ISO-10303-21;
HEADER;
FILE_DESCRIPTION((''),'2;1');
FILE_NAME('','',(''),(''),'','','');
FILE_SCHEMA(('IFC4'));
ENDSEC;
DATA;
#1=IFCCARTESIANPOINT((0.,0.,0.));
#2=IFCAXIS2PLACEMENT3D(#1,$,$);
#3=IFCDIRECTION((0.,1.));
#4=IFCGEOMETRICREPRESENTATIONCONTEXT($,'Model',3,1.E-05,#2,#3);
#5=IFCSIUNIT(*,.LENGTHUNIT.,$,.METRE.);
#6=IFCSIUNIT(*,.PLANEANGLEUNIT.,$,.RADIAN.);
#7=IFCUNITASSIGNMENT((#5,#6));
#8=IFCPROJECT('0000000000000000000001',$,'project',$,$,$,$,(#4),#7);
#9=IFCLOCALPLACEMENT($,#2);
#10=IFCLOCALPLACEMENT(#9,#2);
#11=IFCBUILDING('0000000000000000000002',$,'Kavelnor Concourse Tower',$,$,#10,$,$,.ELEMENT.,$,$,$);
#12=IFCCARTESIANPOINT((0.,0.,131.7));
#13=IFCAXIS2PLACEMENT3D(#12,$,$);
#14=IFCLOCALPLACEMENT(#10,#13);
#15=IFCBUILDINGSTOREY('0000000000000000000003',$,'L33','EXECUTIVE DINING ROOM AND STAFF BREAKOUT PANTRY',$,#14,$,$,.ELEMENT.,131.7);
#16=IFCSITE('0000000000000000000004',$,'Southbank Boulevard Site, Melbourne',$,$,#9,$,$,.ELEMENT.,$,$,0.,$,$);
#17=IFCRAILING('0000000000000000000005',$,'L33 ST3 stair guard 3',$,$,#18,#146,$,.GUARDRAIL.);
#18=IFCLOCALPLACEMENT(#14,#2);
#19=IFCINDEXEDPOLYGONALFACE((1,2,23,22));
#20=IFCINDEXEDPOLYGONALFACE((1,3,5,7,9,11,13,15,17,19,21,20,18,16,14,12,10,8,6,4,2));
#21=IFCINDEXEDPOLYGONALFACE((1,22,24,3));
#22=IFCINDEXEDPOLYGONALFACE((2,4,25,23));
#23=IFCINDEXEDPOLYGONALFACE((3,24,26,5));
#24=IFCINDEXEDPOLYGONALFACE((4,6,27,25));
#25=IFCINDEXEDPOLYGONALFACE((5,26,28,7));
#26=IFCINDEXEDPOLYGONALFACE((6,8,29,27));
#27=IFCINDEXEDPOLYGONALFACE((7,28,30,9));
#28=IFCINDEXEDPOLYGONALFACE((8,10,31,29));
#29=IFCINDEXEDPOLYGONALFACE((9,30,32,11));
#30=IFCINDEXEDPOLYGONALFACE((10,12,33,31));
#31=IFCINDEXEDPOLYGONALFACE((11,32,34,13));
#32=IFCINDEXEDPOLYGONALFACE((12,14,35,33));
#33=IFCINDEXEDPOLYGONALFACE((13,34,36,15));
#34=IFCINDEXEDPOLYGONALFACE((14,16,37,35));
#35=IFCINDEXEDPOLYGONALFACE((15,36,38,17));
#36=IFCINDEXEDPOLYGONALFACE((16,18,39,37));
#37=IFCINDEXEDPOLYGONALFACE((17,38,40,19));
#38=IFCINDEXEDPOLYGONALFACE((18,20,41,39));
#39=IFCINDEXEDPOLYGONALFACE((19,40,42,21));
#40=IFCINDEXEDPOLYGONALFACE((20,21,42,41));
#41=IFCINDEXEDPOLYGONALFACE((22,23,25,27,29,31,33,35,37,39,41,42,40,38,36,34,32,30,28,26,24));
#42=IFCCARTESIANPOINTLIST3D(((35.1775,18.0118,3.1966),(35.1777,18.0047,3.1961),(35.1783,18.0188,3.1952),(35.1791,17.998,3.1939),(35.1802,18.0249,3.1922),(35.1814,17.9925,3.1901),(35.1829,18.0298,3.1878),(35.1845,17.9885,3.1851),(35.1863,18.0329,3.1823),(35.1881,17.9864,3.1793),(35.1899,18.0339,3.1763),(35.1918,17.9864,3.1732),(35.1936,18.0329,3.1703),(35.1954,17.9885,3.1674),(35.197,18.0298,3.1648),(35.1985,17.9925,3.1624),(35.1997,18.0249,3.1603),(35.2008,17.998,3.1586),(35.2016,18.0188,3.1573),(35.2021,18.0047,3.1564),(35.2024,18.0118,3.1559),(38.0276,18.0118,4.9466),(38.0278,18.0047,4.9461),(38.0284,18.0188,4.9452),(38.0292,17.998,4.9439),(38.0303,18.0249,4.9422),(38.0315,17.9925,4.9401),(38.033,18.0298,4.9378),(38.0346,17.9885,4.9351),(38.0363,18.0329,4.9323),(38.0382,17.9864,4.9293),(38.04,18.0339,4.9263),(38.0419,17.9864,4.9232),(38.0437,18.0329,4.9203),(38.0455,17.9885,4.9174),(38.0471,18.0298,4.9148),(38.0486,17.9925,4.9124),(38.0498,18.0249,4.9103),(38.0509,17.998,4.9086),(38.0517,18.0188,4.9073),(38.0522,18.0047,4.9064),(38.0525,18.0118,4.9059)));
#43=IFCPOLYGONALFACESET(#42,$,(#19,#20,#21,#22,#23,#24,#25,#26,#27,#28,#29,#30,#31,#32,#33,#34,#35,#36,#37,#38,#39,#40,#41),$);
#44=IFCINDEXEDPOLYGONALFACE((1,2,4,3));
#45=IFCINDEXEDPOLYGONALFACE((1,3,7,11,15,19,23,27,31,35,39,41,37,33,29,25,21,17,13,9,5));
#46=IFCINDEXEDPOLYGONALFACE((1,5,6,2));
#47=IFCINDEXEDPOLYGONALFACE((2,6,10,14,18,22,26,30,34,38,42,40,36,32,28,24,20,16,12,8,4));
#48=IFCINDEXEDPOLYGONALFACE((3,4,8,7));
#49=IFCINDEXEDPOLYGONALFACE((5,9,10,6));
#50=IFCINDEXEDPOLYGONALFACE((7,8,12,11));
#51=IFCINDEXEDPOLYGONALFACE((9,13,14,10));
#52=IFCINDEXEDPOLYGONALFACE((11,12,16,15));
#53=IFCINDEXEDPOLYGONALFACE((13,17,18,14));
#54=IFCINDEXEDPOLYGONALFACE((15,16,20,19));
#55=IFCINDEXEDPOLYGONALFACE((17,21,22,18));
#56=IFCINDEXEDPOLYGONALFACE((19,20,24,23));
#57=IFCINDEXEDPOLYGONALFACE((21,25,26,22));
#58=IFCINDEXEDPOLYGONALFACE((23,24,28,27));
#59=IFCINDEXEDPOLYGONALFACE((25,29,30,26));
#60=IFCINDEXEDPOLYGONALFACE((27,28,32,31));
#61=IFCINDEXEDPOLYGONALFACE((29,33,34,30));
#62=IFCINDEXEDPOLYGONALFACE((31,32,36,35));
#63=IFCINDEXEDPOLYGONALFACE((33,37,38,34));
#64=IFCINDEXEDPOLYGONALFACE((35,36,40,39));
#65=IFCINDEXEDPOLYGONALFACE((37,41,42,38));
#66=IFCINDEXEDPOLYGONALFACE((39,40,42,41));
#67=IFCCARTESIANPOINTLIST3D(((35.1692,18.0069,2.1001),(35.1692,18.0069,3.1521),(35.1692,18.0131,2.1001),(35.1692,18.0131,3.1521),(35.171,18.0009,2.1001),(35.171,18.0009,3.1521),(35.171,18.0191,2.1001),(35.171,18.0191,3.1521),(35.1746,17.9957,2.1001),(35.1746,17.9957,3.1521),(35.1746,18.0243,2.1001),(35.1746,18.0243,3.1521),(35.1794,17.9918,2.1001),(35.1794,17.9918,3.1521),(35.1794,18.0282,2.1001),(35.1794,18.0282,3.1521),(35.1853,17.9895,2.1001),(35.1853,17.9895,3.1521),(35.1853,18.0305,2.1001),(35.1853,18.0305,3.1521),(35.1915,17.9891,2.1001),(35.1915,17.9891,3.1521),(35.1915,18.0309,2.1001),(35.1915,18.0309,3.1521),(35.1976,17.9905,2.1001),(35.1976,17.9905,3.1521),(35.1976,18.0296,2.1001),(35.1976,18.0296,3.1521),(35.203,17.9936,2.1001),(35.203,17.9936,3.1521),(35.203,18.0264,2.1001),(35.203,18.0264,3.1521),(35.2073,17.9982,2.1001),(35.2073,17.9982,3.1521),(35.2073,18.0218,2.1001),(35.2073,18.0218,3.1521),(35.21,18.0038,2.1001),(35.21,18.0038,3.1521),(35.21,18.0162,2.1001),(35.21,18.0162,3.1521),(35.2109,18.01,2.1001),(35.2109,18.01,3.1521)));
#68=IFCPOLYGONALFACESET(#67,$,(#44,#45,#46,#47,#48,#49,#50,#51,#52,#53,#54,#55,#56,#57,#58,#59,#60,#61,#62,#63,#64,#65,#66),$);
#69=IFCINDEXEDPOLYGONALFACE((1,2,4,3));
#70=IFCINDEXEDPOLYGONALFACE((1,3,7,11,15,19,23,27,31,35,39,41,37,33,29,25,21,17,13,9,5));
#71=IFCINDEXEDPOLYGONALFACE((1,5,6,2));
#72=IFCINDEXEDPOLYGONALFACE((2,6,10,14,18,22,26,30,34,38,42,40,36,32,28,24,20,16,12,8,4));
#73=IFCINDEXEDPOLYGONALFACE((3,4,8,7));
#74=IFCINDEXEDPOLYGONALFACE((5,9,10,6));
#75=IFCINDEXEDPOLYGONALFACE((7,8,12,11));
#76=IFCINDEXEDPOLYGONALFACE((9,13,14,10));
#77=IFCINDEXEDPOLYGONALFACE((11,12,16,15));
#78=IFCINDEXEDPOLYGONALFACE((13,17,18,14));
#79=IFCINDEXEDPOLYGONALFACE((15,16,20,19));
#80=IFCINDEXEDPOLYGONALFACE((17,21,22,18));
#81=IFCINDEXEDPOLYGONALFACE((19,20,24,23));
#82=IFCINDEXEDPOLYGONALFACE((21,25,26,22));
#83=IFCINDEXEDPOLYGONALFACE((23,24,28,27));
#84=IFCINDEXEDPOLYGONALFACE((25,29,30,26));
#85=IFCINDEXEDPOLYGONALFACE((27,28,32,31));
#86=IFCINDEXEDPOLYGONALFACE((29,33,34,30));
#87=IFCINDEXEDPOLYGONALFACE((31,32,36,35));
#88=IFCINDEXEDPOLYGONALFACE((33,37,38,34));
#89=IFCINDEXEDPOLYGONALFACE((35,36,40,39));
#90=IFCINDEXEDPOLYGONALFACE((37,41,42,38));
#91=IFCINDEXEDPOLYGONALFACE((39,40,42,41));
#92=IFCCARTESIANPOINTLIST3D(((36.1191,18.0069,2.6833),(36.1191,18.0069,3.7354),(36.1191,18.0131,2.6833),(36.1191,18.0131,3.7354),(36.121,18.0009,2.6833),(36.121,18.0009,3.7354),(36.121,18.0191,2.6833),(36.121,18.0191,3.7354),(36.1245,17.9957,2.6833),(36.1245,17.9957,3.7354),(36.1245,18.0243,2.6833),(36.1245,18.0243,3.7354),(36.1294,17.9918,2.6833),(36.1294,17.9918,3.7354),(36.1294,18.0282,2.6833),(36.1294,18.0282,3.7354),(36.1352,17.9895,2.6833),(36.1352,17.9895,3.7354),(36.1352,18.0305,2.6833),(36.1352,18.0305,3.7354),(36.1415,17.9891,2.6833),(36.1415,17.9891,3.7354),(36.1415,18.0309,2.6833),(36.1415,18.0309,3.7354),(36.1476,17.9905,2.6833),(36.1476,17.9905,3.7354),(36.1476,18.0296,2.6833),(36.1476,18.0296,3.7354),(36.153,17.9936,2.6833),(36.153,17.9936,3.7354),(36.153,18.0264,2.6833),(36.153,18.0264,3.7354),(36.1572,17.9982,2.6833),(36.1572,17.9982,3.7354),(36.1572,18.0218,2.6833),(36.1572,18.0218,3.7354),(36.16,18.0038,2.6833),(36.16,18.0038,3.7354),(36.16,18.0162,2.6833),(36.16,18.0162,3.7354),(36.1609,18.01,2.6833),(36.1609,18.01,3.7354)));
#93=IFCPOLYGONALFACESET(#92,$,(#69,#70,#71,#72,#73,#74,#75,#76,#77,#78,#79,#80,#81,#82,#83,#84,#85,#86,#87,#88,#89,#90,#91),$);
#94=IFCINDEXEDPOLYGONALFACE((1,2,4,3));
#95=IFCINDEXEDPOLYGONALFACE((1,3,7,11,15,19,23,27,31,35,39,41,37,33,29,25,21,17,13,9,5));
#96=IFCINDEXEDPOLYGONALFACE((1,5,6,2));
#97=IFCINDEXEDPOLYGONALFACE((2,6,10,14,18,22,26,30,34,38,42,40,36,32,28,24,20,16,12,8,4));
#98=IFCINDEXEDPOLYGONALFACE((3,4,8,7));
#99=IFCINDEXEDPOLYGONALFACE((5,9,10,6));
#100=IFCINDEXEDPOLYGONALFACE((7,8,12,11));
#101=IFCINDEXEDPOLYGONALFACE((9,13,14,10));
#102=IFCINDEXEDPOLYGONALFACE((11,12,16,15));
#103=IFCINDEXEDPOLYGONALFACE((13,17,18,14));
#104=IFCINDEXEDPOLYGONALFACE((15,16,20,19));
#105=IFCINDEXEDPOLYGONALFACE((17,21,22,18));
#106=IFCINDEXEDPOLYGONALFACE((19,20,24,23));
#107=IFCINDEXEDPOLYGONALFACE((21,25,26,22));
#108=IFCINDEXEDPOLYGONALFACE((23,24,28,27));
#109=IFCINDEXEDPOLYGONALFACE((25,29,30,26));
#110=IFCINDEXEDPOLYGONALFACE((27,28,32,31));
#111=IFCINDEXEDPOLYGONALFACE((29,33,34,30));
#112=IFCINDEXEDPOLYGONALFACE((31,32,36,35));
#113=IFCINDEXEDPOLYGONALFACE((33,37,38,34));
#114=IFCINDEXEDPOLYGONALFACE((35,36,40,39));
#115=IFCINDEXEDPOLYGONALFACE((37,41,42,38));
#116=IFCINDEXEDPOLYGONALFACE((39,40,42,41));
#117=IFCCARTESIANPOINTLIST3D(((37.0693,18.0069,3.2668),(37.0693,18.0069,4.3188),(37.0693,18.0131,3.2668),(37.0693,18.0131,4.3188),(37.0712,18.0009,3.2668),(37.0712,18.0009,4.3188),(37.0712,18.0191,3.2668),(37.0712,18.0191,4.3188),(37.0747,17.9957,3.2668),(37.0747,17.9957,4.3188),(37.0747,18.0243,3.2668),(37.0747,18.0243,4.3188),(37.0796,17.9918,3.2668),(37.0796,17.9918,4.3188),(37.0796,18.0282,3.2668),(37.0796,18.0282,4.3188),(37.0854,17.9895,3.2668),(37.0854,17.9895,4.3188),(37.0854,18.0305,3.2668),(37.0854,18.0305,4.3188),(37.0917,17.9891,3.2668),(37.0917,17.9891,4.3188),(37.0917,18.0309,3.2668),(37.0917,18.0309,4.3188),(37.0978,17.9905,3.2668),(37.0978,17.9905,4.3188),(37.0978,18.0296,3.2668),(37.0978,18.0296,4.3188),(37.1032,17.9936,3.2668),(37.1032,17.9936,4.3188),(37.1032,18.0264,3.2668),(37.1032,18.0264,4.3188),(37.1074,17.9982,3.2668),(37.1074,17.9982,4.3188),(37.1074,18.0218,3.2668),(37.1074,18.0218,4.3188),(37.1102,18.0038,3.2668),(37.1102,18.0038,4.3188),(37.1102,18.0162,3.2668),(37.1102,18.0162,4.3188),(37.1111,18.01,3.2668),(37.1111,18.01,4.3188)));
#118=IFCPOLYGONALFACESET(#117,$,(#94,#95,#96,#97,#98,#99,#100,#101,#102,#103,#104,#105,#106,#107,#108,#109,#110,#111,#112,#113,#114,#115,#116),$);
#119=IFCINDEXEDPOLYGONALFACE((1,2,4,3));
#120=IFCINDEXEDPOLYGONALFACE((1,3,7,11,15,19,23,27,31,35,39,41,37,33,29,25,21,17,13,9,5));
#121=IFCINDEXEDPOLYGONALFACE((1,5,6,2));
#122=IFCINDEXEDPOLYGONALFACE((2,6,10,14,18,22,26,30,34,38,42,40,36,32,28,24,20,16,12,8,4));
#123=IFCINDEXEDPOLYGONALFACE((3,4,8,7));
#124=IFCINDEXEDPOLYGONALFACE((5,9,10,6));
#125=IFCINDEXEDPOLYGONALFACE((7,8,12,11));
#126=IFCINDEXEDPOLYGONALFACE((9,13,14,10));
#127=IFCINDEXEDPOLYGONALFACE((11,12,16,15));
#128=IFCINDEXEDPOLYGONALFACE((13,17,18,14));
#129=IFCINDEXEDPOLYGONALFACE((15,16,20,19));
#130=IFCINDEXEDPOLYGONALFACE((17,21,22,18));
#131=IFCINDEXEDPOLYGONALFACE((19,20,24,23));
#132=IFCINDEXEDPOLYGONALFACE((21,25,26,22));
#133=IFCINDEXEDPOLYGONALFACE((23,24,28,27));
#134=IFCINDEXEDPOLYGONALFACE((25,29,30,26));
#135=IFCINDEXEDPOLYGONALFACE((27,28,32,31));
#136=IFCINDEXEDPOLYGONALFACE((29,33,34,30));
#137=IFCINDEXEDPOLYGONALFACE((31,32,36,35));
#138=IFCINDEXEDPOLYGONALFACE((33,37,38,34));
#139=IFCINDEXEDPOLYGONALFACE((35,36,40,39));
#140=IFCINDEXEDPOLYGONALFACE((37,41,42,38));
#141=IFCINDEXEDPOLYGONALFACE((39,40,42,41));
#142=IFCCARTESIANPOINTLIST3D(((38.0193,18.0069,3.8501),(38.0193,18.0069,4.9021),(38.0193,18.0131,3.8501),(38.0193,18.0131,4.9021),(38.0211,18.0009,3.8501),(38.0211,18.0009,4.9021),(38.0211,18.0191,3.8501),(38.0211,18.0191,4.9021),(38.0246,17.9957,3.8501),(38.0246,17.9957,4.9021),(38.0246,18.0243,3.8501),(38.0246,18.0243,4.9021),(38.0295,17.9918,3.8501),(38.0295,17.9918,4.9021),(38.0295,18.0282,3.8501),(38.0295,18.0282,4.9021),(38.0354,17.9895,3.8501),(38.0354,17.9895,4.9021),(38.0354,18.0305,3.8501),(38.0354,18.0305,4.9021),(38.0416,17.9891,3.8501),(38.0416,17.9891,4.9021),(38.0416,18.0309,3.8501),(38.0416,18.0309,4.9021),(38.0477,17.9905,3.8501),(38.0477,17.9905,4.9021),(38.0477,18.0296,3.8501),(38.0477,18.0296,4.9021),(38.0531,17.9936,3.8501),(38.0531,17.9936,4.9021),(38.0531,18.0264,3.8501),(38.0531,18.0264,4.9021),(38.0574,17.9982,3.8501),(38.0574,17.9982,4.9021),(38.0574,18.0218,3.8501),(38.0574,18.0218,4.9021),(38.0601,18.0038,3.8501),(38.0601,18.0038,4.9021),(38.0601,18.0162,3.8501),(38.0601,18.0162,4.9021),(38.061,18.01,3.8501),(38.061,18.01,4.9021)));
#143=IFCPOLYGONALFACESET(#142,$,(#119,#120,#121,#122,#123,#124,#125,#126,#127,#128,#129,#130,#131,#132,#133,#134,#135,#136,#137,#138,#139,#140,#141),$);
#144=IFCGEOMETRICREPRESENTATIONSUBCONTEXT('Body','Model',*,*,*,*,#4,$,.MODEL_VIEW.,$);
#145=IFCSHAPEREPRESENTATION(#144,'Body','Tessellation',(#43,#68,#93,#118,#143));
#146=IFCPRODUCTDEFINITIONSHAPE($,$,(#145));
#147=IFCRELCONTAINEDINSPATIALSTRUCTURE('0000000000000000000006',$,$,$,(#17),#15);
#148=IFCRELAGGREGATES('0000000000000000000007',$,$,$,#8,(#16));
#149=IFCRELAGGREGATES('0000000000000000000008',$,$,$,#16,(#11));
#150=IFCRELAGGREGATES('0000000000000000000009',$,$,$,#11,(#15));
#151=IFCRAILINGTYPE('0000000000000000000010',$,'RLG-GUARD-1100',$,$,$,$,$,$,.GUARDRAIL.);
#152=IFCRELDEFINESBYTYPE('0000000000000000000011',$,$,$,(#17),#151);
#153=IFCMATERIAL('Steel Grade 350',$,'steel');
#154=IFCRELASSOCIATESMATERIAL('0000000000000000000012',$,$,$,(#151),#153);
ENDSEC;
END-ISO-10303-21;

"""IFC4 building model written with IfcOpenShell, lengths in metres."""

from ifc_helpers import new_model, si_unit, direction, frame, origin, origin_2d, place, context, subcontext, project, spatial, circle, extrude, material, type_object, element, save


model = new_model("IFC4")

# Units and contexts
model_context = context("Model", 3, precision=1e-05, world=origin(), true_north=direction((0.0, 1.0)))
body_context = subcontext(model_context, "Body", "Model", "MODEL_VIEW")
ifc_project = project(units=[si_unit("LENGTHUNIT", "METRE"), si_unit("PLANEANGLEUNIT", "RADIAN")], contexts=[model_context])

# Site, building, storey
site_placement = place(None, origin())
site = spatial("IfcSite", under=ifc_project, at=site_placement, Name="Southbank Boulevard Site, Melbourne", CompositionType="ELEMENT", RefElevation=0.0)
building_placement = place(site_placement, origin())
building = spatial("IfcBuilding", under=site, at=building_placement, Name="Kavelnor Concourse Tower", CompositionType="ELEMENT")
storey_placement = place(building_placement, frame((0.0, 0.0, 131.7)))
storey = spatial("IfcBuildingStorey", under=building, at=storey_placement, Name="L33", Description="EXECUTIVE DINING ROOM AND STAFF BREAKOUT PANTRY", CompositionType="ELEMENT", Elevation=131.7)

# Shared definitions
ifc_material_1 = material(Name="Steel Grade 350", Category="steel")

# Railing
railing_type_1 = type_object("IfcRailingType", Name="RLG-GUARD-1100", PredefinedType="GUARDRAIL", material=ifc_material_1)
railing_1_placement = place(storey_placement, frame((35.1899, 18.01, 2.1001)))
element("IfcRailing", 1, at=railing_1_placement, inside=storey, type_object=railing_type_1, Name="L33 ST3 stair guard 3", PredefinedType="GUARDRAIL", context=body_context, shape_type="SweptSolid", body=[
    extrude(circle(Radius=0.0239, at=origin_2d()), frame((0.0, 0.0, 1.0762), z_axis=(0.852179, 0.0, 0.52325), x_axis=(0.0, 1.0, 0.0)), (0.0, 0.0, 1.0), 3.3445),
    extrude(circle(Radius=0.021, at=origin_2d()), origin(), (0.0, 0.0, 1.0), 1.052),
    extrude(circle(Radius=0.021, at=origin_2d()), frame((0.95, 0.0, 0.5833)), (0.0, 0.0, 1.0), 1.052),
    extrude(circle(Radius=0.021, at=origin_2d()), frame((1.9001, 0.0, 1.1667)), (0.0, 0.0, 1.0), 1.052),
    extrude(circle(Radius=0.021, at=origin_2d()), frame((2.8501, 0.0, 1.75)), (0.0, 0.0, 1.0), 1.052),
])

save(model, "model.ifc")
